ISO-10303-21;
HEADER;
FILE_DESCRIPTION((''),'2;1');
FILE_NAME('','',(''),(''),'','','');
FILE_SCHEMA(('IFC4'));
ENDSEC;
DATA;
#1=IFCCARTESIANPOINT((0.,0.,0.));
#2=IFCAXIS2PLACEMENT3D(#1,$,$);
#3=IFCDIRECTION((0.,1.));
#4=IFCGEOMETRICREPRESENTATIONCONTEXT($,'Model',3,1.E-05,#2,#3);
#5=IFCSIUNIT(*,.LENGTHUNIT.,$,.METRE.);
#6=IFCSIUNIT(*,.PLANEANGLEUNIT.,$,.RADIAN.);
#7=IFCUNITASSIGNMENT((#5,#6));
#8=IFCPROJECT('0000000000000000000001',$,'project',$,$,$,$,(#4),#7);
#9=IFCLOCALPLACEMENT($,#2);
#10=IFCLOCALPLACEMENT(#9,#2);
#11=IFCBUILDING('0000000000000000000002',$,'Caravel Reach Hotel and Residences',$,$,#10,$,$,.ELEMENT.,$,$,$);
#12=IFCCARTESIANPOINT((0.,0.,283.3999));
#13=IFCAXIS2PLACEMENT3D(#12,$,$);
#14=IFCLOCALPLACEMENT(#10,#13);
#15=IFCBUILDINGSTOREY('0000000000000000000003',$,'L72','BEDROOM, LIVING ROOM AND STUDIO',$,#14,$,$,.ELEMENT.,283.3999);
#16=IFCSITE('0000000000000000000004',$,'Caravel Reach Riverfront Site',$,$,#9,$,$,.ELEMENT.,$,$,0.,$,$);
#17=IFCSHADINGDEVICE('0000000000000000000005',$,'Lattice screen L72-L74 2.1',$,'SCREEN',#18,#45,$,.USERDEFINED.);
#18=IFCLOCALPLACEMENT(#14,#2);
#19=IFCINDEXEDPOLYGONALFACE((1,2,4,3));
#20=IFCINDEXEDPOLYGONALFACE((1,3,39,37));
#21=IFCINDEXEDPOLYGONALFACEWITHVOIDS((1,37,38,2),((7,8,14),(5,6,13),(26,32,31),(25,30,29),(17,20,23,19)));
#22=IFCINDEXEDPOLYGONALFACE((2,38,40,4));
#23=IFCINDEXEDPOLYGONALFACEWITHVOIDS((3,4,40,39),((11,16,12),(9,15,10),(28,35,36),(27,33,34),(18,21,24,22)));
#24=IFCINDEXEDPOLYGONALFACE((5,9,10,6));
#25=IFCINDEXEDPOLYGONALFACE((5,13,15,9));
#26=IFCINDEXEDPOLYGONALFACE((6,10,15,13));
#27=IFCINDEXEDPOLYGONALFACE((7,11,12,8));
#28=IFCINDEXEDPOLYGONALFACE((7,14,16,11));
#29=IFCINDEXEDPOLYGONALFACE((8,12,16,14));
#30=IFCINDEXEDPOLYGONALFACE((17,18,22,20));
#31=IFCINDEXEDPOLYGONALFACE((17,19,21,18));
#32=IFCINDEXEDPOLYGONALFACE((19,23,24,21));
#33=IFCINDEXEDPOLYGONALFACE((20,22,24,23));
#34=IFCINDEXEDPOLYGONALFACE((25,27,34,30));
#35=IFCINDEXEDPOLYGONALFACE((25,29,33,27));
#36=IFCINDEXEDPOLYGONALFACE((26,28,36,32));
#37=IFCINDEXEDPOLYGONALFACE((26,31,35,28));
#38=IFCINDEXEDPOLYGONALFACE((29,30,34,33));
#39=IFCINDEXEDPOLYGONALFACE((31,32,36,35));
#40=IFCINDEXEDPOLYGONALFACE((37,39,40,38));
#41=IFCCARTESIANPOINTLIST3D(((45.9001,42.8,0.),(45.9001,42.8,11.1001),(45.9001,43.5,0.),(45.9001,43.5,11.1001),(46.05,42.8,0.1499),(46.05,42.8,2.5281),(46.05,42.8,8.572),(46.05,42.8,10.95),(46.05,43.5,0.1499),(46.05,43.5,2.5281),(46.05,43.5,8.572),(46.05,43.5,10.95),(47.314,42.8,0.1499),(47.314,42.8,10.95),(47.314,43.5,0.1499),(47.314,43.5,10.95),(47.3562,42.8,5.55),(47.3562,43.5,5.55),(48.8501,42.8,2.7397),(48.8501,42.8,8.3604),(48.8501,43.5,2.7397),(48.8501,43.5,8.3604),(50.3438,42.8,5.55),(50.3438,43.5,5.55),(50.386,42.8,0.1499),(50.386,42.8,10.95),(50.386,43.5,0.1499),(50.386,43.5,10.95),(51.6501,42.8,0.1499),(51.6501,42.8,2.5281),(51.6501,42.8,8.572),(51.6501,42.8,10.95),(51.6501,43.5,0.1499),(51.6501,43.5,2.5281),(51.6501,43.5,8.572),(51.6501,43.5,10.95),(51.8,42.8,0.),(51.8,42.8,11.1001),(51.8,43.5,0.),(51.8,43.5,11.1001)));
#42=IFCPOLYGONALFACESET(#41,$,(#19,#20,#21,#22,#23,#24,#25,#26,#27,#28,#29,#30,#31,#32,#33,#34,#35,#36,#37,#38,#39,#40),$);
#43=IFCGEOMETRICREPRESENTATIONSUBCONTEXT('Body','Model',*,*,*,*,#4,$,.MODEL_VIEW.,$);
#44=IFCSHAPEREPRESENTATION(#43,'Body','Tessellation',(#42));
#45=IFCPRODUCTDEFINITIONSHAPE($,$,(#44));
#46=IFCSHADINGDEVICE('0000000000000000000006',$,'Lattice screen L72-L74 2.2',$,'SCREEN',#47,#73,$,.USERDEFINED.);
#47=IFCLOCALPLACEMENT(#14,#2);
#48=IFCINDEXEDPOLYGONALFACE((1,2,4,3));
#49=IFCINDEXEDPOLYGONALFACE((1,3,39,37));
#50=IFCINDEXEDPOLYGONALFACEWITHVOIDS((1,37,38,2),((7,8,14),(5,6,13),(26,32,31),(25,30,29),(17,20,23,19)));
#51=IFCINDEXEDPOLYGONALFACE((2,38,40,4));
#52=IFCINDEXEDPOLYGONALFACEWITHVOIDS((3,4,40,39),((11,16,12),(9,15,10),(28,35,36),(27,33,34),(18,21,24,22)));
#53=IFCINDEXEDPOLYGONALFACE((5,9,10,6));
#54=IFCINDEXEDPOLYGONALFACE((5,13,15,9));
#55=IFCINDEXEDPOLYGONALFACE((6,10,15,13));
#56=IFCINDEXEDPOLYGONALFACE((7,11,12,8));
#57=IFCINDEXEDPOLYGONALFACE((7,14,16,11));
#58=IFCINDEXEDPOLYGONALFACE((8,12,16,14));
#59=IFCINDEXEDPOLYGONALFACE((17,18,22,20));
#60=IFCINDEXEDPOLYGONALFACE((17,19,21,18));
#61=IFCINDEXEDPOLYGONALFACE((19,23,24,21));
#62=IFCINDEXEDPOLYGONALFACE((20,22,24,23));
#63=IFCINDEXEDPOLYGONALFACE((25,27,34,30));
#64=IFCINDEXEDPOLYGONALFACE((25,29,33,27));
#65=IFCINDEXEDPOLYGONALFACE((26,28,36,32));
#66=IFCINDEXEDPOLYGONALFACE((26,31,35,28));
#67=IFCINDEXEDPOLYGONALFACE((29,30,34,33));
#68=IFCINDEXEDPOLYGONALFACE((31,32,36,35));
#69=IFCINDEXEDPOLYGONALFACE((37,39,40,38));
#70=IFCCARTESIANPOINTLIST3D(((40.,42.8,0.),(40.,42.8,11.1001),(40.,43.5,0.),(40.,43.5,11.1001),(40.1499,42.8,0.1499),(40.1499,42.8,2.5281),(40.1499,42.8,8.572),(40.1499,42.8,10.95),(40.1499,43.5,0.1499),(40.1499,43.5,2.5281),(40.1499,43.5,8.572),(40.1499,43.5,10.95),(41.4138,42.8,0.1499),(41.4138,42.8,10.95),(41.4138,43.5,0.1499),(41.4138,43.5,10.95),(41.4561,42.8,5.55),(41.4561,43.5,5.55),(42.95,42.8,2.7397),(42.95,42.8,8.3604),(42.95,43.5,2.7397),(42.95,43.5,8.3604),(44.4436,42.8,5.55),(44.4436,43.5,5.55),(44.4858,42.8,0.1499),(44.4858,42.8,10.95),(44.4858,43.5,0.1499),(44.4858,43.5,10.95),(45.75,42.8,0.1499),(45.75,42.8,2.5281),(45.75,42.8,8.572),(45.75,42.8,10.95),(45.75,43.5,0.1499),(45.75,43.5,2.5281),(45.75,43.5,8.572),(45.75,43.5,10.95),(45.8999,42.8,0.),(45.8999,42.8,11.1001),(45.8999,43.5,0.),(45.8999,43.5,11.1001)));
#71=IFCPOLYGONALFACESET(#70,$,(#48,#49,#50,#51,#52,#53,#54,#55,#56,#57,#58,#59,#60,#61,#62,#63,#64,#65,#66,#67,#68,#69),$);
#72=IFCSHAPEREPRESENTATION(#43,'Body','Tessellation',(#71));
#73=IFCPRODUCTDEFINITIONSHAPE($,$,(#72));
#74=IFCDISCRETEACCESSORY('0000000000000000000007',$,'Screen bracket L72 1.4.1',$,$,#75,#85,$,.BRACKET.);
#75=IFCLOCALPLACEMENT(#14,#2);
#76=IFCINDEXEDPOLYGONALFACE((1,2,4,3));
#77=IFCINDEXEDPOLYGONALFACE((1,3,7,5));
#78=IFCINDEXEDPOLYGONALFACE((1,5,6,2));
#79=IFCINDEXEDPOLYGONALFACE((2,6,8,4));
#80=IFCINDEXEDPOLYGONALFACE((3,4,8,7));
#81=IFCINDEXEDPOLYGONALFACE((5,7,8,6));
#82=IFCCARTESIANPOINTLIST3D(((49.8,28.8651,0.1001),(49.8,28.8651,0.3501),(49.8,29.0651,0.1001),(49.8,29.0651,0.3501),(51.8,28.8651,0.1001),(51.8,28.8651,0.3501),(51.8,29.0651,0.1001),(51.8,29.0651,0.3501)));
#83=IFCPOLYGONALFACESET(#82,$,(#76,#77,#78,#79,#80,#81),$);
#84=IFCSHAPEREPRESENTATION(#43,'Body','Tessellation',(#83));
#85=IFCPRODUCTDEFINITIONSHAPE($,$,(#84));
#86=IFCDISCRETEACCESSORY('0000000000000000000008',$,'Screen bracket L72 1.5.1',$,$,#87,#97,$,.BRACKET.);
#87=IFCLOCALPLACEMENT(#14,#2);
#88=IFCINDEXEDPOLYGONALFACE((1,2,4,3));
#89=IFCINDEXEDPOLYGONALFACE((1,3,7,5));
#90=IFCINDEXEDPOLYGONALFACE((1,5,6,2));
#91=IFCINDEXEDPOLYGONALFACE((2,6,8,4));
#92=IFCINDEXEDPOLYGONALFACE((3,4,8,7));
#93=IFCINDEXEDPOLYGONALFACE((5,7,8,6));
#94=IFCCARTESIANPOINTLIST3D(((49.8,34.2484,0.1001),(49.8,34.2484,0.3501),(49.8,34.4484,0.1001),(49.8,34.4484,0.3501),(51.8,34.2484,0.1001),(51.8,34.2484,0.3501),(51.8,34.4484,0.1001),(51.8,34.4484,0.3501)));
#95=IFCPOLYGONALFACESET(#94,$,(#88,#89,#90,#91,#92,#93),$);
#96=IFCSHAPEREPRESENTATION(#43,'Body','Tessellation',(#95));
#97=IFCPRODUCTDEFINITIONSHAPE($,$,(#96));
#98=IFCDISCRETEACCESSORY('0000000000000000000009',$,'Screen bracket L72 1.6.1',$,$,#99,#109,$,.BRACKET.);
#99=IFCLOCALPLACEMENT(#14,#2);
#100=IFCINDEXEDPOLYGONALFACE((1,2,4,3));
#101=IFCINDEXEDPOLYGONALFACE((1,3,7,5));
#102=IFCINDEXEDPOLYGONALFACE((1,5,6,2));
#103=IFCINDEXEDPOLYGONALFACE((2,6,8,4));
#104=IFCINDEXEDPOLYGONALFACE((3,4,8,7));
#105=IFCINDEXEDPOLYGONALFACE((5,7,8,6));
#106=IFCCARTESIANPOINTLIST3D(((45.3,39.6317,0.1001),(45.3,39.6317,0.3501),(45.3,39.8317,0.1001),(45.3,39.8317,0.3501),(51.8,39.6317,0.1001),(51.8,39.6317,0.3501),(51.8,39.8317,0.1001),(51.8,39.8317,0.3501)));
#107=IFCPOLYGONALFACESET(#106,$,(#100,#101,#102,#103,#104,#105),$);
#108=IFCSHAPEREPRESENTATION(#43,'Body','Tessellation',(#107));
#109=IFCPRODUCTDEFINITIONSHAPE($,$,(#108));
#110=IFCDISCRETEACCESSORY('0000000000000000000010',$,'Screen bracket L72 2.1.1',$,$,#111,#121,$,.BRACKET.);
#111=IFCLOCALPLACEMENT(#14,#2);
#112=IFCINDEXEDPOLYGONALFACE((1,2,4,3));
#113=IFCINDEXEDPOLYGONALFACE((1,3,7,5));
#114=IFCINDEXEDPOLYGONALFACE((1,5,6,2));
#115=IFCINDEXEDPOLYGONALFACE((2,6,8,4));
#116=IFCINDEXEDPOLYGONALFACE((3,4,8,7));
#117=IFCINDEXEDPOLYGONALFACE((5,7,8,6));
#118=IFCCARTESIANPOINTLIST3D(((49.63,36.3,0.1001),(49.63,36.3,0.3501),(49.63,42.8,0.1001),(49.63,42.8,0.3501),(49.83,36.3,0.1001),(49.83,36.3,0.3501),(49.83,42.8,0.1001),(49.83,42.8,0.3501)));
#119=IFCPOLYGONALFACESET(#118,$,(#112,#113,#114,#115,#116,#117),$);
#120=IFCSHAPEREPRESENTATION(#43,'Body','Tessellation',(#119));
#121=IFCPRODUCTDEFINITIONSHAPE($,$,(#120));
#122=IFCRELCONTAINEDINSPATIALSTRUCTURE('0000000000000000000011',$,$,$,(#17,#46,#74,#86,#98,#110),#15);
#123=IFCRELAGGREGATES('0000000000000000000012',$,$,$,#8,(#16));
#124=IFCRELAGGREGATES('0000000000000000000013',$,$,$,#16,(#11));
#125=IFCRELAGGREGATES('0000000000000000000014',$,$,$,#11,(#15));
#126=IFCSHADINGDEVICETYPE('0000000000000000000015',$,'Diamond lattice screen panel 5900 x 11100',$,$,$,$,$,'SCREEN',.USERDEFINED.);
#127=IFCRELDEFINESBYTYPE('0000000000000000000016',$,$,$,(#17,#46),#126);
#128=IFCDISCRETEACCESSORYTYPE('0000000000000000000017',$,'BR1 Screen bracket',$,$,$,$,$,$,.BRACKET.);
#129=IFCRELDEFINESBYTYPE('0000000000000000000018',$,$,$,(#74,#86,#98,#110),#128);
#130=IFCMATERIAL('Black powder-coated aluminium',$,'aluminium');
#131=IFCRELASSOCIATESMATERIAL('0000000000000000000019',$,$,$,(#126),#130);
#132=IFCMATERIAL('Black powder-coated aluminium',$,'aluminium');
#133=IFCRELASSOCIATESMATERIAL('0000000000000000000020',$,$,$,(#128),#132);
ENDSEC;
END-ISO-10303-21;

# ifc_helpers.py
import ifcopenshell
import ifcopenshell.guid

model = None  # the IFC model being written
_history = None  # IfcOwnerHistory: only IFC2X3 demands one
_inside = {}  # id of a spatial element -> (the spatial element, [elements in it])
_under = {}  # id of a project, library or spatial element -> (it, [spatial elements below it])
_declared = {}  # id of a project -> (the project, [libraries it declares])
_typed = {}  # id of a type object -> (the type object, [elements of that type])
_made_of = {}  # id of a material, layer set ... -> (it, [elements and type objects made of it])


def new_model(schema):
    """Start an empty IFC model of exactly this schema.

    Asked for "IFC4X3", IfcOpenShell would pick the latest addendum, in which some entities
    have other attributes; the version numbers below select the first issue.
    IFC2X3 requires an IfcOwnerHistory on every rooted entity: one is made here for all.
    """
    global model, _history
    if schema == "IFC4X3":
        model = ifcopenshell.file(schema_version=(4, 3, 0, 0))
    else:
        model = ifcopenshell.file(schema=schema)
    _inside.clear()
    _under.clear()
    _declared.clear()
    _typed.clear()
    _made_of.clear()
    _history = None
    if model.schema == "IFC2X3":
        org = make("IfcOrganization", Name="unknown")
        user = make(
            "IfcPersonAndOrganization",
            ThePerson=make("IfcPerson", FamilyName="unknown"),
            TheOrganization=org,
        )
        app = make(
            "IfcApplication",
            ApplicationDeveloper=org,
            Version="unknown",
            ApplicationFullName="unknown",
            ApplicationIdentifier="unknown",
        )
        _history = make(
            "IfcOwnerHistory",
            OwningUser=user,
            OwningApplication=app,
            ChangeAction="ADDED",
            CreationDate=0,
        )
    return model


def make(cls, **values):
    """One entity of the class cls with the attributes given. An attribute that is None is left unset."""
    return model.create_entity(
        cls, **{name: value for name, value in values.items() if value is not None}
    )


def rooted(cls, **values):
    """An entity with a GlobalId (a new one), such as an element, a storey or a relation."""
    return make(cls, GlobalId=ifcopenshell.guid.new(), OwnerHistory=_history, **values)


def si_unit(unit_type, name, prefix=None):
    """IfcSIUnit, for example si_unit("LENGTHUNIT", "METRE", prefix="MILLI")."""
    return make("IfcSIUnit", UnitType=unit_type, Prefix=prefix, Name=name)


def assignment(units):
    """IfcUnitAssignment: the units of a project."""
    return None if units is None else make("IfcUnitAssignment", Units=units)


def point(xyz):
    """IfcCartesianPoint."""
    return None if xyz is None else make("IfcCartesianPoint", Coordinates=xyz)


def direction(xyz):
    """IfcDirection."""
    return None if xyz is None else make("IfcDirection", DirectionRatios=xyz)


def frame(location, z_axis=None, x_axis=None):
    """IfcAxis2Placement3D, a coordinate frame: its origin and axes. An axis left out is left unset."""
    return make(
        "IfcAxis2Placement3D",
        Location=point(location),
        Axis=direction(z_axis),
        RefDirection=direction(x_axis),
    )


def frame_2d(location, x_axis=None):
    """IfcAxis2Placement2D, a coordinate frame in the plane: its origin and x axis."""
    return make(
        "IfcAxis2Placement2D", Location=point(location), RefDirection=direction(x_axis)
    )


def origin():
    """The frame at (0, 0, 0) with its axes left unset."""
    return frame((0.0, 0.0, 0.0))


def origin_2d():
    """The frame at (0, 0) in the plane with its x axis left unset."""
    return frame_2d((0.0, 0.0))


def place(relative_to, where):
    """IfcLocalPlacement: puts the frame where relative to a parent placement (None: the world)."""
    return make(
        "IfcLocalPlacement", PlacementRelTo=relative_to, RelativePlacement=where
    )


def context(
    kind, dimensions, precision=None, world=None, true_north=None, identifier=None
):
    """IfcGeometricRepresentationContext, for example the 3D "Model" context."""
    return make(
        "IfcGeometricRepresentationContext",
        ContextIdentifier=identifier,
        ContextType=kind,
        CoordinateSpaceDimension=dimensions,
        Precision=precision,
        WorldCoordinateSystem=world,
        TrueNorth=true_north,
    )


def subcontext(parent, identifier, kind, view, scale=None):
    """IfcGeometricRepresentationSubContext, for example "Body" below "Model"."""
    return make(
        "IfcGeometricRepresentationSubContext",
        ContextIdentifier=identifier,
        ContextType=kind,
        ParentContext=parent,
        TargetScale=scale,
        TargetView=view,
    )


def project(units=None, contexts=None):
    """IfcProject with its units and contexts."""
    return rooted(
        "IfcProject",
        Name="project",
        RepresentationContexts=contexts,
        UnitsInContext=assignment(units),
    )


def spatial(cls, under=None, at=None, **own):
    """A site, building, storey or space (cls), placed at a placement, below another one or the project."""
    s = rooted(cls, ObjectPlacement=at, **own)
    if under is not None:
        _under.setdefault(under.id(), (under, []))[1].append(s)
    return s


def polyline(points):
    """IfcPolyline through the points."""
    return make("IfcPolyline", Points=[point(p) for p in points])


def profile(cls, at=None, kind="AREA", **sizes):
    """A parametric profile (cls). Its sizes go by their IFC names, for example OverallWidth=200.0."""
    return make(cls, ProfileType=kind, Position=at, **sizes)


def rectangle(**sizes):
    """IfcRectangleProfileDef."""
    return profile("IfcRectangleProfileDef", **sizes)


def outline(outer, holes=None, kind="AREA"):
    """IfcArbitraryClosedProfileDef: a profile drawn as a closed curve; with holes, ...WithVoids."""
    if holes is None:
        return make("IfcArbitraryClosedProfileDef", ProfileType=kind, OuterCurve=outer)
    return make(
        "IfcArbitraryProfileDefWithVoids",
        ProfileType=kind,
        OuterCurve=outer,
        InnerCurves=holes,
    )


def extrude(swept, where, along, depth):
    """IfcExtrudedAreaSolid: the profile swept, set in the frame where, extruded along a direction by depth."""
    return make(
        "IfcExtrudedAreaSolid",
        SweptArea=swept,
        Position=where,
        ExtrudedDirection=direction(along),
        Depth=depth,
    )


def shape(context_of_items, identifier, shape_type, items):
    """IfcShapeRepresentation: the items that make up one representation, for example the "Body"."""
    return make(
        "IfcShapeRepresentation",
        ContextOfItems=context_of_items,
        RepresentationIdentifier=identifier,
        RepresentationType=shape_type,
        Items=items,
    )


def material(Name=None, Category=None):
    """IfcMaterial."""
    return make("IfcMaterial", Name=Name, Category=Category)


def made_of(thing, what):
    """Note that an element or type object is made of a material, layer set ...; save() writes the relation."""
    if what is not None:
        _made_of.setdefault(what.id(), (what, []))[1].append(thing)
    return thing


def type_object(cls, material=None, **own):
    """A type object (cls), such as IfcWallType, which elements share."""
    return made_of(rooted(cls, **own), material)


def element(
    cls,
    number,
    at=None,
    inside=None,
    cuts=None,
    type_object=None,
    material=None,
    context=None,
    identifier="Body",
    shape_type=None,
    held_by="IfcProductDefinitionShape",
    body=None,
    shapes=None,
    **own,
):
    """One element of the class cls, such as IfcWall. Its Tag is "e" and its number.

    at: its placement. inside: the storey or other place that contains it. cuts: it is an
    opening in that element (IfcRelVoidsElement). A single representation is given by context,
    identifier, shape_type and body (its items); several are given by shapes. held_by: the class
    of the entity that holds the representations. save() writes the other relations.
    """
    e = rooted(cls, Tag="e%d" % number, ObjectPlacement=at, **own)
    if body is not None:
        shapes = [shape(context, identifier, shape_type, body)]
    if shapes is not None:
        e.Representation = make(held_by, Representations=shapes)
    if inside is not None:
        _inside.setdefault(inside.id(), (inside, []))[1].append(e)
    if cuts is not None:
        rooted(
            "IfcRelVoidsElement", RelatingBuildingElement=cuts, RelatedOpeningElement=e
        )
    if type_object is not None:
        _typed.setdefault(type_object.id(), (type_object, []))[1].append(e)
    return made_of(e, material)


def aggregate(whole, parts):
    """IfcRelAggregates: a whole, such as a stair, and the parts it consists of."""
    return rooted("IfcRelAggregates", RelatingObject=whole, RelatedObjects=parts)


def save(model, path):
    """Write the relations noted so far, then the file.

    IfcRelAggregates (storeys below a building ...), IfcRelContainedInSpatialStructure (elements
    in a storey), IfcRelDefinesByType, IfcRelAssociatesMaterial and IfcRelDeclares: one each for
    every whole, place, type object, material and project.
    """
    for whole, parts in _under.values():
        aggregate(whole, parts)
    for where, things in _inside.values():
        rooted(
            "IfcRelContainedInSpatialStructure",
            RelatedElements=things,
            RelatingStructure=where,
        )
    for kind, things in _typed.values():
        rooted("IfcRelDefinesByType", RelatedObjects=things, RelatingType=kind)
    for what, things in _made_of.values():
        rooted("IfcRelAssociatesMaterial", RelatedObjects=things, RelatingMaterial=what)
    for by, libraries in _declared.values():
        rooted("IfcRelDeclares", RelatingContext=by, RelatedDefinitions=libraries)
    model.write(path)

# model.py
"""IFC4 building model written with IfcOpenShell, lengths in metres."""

from ifc_helpers import new_model, si_unit, direction, frame, origin, origin_2d, place, context, subcontext, project, spatial, polyline, rectangle, outline, extrude, material, type_object, element, save


model = new_model("IFC4")

# Units and contexts
model_context = context("Model", 3, precision=1e-05, world=origin(), true_north=direction((0.0, 1.0)))
body_context = subcontext(model_context, "Body", "Model", "MODEL_VIEW")
ifc_project = project(units=[si_unit("LENGTHUNIT", "METRE"), si_unit("PLANEANGLEUNIT", "RADIAN")], contexts=[model_context])

# Site, building, storey
site_placement = place(None, origin())
site = spatial("IfcSite", under=ifc_project, at=site_placement, Name="Caravel Reach Riverfront Site", CompositionType="ELEMENT", RefElevation=0.0)
building_placement = place(site_placement, origin())
building = spatial("IfcBuilding", under=site, at=building_placement, Name="Caravel Reach Hotel and Residences", CompositionType="ELEMENT")
storey_placement = place(building_placement, frame((0.0, 0.0, 283.3999)))
storey = spatial("IfcBuildingStorey", under=building, at=storey_placement, Name="L72", Description="BEDROOM, LIVING ROOM AND STUDIO", CompositionType="ELEMENT", Elevation=283.3999)

# Shading devices
ifc_material_1 = material(Name="Black powder-coated aluminium", Category="aluminium")
shading_device_type_1 = type_object("IfcShadingDeviceType", Name="Diamond lattice screen panel 5900 x 11100", ElementType="SCREEN", PredefinedType="USERDEFINED", material=ifc_material_1)
for number, where, z_axis, x_axis, name in (
    (1, (51.8, 42.8, 0.0), (0.0, 1.0, 0.0), (-1.0, 0.0, 0.0), "Lattice screen L72-L74 2.1"),
    (2, (45.8999, 42.8, 0.0), (0.0, 1.0, 0.0), (-1.0, 0.0, 0.0), "Lattice screen L72-L74 2.2"),
):
    element("IfcShadingDevice", number, at=place(storey_placement, frame(where, z_axis=z_axis, x_axis=x_axis)), inside=storey, type_object=shading_device_type_1, Name=name, ObjectType="SCREEN", PredefinedType="USERDEFINED", context=body_context, shape_type="SweptSolid", body=[
        extrude(outline(polyline([(0.0, 0.0), (5.8999, 0.0), (5.8999, 11.1001), (0.0, 11.1001), (0.0, 0.0)]), holes=[polyline([(1.4141, 0.1499), (0.1499, 2.5281), (0.1499, 0.1499), (1.4141, 0.1499)]), polyline([(0.1499, 8.572), (1.4141, 10.95), (0.1499, 10.95), (0.1499, 8.572)]), polyline([(2.95, 8.3604), (1.4563, 5.55), (2.95, 2.7397), (4.4438, 5.55), (2.95, 8.3604)]), polyline([(5.75, 2.5281), (4.4861, 0.1499), (5.75, 0.1499), (5.75, 2.5281)]), polyline([(4.4861, 10.95), (5.75, 8.572), (5.75, 10.95), (4.4861, 10.95)])]), origin(), (0.0, 0.0, 1.0), 0.7),
    ])

# Discrete accessories
ifc_material_2 = material(Name="Black powder-coated aluminium", Category="aluminium")
discrete_accessory_type = type_object("IfcDiscreteAccessoryType", Name="BR1 Screen bracket", PredefinedType="BRACKET", material=ifc_material_2)
for number, where, z_axis, x_axis, name in (
    (3, (50.8, 28.9651, 0.1001), (0.0, 0.0, 1.0), (1.0, 0.0, 0.0), "Screen bracket L72 1.4.1"),
    (4, (50.8, 34.3484, 0.1001), (0.0, 0.0, 1.0), (1.0, 0.0, 0.0), "Screen bracket L72 1.5.1"),
):
    element("IfcDiscreteAccessory", number, at=place(storey_placement, frame(where, z_axis=z_axis, x_axis=x_axis)), inside=storey, type_object=discrete_accessory_type, Name=name, PredefinedType="BRACKET", context=body_context, shape_type="SweptSolid", body=[
        extrude(rectangle(XDim=2.0, YDim=0.2, at=origin_2d()), origin(), (0.0, 0.0, 1.0), 0.25),
    ])
for number, where, z_axis, x_axis, name in (
    (5, (48.55, 39.7317, 0.1001), (0.0, 0.0, 1.0), (1.0, 0.0, 0.0), "Screen bracket L72 1.6.1"),
    (6, (49.73, 39.55, 0.1001), (0.0, 0.0, 1.0), (0.0, 1.0, 0.0), "Screen bracket L72 2.1.1"),
):
    element("IfcDiscreteAccessory", number, at=place(storey_placement, frame(where, z_axis=z_axis, x_axis=x_axis)), inside=storey, type_object=discrete_accessory_type, Name=name, PredefinedType="BRACKET", context=body_context, shape_type="SweptSolid", body=[
        extrude(rectangle(XDim=6.5, YDim=0.2, at=origin_2d()), origin(), (0.0, 0.0, 1.0), 0.25),
    ])

save(model, "model.ifc")
